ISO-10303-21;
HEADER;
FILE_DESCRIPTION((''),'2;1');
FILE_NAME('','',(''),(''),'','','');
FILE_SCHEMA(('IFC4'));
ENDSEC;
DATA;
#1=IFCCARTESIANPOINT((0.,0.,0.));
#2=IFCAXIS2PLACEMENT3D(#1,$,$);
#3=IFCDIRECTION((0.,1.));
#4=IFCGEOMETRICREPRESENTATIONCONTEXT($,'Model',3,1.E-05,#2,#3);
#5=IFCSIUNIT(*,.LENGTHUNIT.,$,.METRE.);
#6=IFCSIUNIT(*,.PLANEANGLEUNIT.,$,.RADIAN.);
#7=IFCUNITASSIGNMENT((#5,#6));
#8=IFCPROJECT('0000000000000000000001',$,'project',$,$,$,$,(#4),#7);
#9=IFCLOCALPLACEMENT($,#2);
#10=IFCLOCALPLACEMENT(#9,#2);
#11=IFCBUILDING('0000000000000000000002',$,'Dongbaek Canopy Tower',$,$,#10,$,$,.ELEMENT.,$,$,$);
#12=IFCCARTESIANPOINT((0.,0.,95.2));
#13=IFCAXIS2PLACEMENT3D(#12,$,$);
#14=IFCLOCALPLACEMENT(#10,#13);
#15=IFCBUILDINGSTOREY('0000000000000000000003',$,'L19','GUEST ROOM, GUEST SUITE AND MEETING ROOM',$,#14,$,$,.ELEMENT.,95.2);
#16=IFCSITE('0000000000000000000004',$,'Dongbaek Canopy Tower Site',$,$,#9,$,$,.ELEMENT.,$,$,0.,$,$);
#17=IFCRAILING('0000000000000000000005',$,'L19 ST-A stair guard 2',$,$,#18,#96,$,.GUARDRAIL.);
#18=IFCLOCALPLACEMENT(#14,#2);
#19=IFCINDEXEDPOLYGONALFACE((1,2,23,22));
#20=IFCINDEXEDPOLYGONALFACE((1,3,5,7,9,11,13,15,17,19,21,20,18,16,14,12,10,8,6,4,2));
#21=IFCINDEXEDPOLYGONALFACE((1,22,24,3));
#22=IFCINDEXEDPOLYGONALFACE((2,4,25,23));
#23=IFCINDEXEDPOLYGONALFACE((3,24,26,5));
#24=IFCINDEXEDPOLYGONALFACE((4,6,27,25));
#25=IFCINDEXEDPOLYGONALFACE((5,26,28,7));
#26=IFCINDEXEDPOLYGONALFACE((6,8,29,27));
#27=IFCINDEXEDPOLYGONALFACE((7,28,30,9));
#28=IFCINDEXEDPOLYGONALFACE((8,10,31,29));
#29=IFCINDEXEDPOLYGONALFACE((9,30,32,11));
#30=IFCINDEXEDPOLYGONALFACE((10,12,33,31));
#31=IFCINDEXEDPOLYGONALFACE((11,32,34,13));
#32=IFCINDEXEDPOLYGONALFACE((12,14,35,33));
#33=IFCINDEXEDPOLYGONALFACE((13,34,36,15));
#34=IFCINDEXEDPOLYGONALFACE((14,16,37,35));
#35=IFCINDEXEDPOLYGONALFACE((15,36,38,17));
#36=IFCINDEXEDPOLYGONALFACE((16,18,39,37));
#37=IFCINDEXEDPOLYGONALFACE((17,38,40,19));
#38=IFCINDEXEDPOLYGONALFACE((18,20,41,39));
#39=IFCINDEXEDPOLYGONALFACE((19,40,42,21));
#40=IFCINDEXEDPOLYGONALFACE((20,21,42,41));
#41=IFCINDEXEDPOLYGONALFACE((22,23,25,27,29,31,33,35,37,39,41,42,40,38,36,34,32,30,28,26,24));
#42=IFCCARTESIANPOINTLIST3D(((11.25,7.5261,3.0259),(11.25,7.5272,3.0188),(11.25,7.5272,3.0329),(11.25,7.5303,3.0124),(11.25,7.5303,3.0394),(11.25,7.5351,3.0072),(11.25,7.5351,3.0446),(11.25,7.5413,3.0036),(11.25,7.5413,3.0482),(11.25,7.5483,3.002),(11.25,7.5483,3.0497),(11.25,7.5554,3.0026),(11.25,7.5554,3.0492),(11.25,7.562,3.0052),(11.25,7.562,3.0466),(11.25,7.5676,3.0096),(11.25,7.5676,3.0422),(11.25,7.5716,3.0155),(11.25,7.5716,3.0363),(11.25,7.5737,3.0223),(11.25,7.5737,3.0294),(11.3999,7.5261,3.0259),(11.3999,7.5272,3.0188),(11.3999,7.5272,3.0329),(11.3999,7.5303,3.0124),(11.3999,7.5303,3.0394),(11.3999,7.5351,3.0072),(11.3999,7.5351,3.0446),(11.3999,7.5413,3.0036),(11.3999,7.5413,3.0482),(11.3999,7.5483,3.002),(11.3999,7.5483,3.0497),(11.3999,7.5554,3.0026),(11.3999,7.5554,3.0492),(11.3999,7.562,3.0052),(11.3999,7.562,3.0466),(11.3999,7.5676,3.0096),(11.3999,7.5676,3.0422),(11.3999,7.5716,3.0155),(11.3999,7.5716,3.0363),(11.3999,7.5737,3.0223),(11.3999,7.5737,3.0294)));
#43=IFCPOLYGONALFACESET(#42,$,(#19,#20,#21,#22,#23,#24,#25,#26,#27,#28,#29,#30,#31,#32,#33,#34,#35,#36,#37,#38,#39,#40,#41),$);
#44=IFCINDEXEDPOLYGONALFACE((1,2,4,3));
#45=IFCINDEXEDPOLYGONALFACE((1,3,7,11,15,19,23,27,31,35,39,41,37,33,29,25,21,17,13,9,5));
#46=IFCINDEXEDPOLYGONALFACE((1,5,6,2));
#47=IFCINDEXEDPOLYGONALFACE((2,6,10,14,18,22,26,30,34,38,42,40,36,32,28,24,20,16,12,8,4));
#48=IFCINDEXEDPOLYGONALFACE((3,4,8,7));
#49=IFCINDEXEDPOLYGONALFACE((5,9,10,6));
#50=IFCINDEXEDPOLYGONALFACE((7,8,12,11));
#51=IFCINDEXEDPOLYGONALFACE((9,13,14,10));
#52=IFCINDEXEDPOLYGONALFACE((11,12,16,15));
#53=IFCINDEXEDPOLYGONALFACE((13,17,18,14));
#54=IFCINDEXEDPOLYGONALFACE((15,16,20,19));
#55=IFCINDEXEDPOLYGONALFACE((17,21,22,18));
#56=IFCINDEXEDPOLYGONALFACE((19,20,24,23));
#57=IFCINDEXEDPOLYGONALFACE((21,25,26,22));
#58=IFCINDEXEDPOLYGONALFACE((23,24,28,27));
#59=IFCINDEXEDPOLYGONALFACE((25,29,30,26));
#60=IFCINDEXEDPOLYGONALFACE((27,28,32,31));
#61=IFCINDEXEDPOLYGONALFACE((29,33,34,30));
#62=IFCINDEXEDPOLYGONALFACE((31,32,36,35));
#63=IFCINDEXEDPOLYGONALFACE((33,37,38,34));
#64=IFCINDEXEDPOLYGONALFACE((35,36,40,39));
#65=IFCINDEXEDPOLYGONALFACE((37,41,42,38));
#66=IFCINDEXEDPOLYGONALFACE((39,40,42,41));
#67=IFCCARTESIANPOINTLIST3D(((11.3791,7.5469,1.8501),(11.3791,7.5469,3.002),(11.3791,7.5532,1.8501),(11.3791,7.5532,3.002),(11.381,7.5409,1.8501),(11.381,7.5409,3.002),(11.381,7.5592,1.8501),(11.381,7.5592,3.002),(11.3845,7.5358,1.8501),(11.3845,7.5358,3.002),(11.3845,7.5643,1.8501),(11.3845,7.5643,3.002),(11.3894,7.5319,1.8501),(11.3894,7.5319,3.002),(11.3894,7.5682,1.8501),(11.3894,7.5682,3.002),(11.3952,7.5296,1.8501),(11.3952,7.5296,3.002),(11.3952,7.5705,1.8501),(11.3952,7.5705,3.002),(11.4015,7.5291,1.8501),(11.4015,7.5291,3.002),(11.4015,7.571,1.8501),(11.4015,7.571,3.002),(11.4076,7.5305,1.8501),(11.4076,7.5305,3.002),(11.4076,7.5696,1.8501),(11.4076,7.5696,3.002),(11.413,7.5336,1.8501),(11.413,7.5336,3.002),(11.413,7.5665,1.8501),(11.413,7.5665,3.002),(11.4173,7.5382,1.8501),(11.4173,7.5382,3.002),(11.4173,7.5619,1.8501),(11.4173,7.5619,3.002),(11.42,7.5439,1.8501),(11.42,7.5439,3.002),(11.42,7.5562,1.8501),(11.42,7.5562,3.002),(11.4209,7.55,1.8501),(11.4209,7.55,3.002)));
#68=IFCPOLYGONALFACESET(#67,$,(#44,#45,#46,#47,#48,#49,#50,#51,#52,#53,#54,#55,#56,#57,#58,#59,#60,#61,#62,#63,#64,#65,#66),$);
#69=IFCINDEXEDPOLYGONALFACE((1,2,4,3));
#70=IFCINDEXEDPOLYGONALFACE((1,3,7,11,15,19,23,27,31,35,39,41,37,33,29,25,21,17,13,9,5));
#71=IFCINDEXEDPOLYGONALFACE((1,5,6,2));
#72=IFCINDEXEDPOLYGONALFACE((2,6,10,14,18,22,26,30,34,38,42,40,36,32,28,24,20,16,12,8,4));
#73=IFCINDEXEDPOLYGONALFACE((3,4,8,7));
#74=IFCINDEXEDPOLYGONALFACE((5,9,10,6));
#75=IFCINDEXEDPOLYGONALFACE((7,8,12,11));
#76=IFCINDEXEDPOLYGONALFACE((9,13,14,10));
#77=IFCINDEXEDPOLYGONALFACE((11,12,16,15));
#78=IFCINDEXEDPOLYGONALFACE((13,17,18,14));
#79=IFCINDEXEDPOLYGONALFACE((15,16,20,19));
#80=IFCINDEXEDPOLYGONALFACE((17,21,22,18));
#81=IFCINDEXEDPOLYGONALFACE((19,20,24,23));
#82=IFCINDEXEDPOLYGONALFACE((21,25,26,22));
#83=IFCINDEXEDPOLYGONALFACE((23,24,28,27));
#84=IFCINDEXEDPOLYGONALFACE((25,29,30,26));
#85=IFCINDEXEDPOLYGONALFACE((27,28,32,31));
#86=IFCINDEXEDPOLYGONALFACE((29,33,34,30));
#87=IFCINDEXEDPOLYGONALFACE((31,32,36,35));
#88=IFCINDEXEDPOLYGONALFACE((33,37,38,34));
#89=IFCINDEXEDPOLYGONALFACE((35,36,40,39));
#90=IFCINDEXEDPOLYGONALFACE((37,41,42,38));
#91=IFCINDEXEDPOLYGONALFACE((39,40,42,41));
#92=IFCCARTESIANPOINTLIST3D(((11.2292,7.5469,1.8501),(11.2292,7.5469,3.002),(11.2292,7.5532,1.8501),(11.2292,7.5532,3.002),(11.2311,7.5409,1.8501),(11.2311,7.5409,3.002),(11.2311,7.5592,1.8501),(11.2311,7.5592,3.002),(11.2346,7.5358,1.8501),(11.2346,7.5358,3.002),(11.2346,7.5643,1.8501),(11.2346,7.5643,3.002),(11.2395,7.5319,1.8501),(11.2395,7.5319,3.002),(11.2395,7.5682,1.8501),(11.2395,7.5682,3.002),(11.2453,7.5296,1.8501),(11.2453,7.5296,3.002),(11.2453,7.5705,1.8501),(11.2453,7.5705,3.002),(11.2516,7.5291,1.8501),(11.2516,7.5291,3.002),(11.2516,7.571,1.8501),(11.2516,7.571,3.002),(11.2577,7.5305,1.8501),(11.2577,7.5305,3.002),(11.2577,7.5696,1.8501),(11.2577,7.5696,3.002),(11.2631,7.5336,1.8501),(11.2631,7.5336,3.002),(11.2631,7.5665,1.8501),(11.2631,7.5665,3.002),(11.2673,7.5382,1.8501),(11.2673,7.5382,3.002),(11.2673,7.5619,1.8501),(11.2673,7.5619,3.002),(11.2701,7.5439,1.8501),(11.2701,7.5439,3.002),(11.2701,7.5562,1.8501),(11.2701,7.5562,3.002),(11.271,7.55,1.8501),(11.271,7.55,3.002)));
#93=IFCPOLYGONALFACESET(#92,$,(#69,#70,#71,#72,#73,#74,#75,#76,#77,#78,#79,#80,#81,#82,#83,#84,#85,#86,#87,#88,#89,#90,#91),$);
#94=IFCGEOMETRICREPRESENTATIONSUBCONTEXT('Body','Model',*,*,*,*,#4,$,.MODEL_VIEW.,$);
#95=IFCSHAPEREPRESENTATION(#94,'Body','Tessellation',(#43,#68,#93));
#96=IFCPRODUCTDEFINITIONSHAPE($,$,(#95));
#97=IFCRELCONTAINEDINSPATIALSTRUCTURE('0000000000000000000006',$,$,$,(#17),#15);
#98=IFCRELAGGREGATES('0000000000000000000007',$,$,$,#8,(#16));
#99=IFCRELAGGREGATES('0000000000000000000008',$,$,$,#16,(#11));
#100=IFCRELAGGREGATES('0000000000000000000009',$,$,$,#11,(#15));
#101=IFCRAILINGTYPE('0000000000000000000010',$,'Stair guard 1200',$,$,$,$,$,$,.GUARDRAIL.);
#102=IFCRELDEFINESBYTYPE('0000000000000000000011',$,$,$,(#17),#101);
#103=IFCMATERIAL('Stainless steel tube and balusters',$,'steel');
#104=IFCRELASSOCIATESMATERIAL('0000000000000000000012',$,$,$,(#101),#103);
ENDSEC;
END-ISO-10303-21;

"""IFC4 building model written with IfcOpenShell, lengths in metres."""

from ifc_helpers import new_model, si_unit, direction, frame, origin, origin_2d, place, context, subcontext, project, spatial, circle, extrude, material, type_object, element, save


model = new_model("IFC4")

# Units and contexts
model_context = context("Model", 3, precision=1e-05, world=origin(), true_north=direction((0.0, 1.0)))
body_context = subcontext(model_context, "Body", "Model", "MODEL_VIEW")
ifc_project = project(units=[si_unit("LENGTHUNIT", "METRE"), si_unit("PLANEANGLEUNIT", "RADIAN")], contexts=[model_context])

# Site, building, storey
site_placement = place(None, origin())
site = spatial("IfcSite", under=ifc_project, at=site_placement, Name="Dongbaek Canopy Tower Site", CompositionType="ELEMENT", RefElevation=0.0)
building_placement = place(site_placement, origin())
building = spatial("IfcBuilding", under=site, at=building_placement, Name="Dongbaek Canopy Tower", CompositionType="ELEMENT")
storey_placement = place(building_placement, frame((0.0, 0.0, 95.2)))
storey = spatial("IfcBuildingStorey", under=building, at=storey_placement, Name="L19", Description="GUEST ROOM, GUEST SUITE AND MEETING ROOM", CompositionType="ELEMENT", Elevation=95.2)

# Railing
ifc_material_1 = material(Name="Stainless steel tube and balusters", Category="steel")
railing_type_1 = type_object("IfcRailingType", Name="Stair guard 1200", PredefinedType="GUARDRAIL", material=ifc_material_1)
railing_1_placement = place(storey_placement, frame((11.3999, 7.55, 1.8501)))
element("IfcRailing", 1, at=railing_1_placement, inside=storey, type_object=railing_type_1, Name="L19 ST-A stair guard 2", PredefinedType="GUARDRAIL", context=body_context, shape_type="SweptSolid", body=[
    extrude(circle(Radius=0.0239, at=origin_2d()), frame((0.0, 0.0, 1.1758), z_axis=(-1.0, 0.0, 0.0), x_axis=(0.0, -1.0, 0.0)), (0.0, 0.0, 1.0), 0.1499),
    extrude(circle(Radius=0.021, at=origin_2d()), origin(), (0.0, 0.0, 1.0), 1.1519),
    extrude(circle(Radius=0.021, at=origin_2d()), frame((-0.1499, 0.0, 0.0)), (0.0, 0.0, 1.0), 1.1519),
])

save(model, "model.ifc")
